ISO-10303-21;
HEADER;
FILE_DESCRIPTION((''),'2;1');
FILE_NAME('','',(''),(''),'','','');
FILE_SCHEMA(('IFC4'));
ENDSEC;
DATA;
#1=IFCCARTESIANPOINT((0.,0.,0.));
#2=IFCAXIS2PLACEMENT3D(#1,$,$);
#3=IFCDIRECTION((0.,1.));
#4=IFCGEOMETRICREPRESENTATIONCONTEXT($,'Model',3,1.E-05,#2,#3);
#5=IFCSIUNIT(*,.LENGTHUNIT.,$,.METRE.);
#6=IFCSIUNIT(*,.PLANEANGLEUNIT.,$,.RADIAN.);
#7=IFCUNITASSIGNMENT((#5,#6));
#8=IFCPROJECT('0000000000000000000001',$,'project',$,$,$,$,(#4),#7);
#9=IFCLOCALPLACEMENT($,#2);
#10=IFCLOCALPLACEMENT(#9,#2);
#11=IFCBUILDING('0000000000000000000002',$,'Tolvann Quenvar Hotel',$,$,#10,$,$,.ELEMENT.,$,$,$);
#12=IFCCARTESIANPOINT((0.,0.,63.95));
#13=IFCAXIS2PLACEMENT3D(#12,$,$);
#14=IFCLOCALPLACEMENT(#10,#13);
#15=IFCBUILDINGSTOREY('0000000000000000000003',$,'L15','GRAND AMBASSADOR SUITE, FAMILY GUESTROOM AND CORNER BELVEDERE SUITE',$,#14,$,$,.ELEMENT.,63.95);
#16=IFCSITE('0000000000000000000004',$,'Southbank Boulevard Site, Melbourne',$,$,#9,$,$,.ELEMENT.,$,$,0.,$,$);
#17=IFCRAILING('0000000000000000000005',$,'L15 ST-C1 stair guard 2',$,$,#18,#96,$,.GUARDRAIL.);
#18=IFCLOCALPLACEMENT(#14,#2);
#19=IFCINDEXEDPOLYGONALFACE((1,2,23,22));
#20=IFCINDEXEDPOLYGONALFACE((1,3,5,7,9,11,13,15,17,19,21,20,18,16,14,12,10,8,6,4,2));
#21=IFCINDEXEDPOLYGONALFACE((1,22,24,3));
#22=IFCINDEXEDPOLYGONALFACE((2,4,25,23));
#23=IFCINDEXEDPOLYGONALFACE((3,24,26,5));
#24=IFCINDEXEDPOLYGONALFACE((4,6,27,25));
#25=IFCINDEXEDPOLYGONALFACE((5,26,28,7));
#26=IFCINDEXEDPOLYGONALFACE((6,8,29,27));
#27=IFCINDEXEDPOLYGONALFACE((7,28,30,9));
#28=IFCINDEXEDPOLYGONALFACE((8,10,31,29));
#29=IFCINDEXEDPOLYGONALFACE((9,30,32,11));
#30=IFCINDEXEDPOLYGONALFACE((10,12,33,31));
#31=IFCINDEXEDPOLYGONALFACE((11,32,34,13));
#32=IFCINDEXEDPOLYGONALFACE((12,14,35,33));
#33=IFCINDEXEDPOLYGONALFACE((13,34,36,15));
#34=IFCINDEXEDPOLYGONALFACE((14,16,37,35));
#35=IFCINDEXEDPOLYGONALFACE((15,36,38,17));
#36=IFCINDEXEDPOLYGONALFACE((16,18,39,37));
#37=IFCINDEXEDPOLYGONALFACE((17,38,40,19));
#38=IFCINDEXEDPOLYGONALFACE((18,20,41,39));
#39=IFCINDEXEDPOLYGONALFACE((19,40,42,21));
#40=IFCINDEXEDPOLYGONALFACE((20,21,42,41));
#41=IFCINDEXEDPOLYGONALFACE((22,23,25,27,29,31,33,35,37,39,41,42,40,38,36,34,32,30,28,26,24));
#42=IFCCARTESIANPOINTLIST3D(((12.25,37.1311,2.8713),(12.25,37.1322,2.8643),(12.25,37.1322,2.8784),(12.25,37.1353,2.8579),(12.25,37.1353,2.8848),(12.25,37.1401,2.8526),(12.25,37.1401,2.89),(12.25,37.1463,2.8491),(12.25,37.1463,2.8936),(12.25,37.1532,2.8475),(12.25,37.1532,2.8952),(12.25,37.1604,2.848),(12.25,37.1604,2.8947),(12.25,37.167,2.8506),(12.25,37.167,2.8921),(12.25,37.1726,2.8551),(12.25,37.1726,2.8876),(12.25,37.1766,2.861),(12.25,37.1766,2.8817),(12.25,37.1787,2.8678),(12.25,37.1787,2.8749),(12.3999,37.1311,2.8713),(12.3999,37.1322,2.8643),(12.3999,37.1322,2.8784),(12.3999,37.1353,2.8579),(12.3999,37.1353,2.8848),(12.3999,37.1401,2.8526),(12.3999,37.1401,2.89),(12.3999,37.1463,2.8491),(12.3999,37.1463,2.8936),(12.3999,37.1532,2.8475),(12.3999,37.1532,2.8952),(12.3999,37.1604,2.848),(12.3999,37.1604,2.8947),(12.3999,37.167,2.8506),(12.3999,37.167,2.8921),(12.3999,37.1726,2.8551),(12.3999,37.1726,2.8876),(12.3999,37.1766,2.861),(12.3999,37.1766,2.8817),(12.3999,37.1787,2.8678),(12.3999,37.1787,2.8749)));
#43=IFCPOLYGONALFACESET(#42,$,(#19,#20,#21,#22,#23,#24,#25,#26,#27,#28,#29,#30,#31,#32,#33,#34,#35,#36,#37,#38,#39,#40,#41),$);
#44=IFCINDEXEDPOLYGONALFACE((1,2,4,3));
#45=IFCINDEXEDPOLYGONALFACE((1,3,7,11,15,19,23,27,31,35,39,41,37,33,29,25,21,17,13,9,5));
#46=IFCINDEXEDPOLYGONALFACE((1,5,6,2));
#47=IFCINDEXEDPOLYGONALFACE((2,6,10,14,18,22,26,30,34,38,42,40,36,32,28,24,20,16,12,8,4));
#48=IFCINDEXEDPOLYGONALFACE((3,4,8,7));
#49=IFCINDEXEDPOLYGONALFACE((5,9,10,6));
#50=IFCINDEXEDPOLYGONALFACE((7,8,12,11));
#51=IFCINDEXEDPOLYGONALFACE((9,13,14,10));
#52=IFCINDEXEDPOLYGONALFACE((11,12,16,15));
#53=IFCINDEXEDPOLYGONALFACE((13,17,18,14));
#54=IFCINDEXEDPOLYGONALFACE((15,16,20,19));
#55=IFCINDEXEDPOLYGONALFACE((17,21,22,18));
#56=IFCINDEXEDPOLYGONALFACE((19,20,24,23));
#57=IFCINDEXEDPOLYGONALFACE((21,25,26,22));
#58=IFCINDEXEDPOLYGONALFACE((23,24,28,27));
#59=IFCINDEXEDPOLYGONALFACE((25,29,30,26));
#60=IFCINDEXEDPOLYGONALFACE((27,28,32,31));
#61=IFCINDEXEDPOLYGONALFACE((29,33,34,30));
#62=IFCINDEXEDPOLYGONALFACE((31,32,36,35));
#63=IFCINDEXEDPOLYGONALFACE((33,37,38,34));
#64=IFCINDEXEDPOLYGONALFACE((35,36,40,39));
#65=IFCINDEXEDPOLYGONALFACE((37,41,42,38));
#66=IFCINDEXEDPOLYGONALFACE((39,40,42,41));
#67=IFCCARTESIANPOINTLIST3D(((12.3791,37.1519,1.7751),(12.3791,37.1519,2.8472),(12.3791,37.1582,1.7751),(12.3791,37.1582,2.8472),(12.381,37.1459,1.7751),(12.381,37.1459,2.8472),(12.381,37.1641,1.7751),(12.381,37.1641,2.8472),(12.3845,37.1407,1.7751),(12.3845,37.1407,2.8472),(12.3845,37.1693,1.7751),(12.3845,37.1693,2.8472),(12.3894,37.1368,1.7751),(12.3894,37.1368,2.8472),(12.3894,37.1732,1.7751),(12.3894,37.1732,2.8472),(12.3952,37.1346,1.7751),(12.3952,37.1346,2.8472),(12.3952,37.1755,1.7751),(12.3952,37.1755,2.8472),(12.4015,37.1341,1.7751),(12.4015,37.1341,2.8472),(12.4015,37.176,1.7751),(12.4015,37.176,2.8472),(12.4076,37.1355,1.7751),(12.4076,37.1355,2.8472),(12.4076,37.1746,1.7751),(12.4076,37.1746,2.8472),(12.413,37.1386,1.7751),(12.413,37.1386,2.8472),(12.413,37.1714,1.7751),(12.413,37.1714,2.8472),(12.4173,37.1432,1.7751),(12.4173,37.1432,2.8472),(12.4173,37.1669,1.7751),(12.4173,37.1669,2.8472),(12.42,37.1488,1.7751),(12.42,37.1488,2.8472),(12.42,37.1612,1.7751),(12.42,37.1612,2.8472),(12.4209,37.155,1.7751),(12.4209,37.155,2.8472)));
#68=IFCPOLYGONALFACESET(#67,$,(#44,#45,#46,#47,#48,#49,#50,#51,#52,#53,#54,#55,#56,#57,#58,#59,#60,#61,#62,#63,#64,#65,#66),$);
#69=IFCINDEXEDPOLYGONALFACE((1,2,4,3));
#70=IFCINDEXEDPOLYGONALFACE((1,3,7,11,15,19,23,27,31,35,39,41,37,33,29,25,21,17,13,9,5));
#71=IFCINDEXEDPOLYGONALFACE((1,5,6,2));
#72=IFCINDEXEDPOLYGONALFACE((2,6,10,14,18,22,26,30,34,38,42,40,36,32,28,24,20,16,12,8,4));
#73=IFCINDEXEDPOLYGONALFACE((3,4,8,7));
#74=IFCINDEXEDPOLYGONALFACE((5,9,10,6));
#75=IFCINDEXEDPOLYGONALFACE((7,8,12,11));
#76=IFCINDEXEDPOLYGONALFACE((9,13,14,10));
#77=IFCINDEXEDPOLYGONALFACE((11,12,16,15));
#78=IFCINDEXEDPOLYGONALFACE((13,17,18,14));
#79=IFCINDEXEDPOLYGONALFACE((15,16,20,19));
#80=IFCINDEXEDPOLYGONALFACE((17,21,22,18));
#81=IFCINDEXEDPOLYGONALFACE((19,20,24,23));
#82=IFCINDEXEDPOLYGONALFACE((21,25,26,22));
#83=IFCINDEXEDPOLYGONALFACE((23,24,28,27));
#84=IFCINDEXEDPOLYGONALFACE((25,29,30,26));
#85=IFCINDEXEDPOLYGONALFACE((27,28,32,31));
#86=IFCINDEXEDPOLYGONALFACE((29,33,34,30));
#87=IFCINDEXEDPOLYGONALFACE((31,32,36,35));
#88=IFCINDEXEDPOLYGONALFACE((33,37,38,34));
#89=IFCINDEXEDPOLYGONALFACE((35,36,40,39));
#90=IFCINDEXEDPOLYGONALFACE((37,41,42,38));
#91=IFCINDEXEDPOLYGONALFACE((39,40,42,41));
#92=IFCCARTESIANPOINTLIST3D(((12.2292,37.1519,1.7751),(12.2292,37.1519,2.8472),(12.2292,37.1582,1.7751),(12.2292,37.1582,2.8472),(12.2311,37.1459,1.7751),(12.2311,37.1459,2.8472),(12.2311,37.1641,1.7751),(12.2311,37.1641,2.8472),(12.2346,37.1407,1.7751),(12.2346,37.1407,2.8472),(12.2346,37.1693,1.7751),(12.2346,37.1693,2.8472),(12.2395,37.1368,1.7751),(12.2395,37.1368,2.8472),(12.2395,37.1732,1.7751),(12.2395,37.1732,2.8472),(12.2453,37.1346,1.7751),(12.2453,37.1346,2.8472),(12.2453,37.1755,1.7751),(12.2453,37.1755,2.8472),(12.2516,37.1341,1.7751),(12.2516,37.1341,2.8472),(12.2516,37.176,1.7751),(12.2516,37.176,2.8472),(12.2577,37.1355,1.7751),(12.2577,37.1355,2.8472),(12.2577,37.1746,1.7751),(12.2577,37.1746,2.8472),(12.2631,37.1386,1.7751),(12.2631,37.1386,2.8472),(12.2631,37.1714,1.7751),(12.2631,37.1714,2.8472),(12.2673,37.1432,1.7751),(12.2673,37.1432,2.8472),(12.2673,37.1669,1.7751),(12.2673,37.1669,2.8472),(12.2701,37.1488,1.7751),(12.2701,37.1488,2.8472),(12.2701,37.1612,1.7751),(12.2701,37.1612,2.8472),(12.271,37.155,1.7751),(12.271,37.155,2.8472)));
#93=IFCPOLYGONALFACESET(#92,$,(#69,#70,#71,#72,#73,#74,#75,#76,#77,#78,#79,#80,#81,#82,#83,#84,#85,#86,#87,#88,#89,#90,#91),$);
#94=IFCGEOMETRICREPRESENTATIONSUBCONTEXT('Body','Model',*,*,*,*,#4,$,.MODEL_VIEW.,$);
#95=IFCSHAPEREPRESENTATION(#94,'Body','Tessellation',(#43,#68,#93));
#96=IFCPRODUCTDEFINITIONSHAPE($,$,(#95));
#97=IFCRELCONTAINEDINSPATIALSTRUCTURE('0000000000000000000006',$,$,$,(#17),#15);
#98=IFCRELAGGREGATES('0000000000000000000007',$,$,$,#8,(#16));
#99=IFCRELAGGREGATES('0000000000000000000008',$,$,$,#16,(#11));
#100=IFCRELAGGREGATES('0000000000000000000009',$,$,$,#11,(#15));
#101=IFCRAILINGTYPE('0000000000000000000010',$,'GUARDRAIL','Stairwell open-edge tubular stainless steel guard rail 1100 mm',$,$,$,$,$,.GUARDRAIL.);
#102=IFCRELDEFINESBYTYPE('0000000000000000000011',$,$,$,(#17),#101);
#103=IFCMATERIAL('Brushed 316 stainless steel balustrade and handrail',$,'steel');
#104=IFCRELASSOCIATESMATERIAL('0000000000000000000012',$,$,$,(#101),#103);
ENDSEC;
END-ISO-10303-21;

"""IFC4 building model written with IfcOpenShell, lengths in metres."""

from ifc_helpers import new_model, si_unit, direction, frame, origin, origin_2d, place, context, subcontext, project, spatial, circle, extrude, material, type_object, element, save


model = new_model("IFC4")

# Units and contexts
model_context = context("Model", 3, precision=1e-05, world=origin(), true_north=direction((0.0, 1.0)))
body_context = subcontext(model_context, "Body", "Model", "MODEL_VIEW")
ifc_project = project(units=[si_unit("LENGTHUNIT", "METRE"), si_unit("PLANEANGLEUNIT", "RADIAN")], contexts=[model_context])

# Site, building, storey
site_placement = place(None, origin())
site = spatial("IfcSite", under=ifc_project, at=site_placement, Name="Southbank Boulevard Site, Melbourne", CompositionType="ELEMENT", RefElevation=0.0)
building_placement = place(site_placement, origin())
building = spatial("IfcBuilding", under=site, at=building_placement, Name="Tolvann Quenvar Hotel", CompositionType="ELEMENT")
storey_placement = place(building_placement, frame((0.0, 0.0, 63.95)))
storey = spatial("IfcBuildingStorey", under=building, at=storey_placement, Name="L15", Description="GRAND AMBASSADOR SUITE, FAMILY GUESTROOM AND CORNER BELVEDERE SUITE", CompositionType="ELEMENT", Elevation=63.95)

# Railing
ifc_material_1 = material(Name="Brushed 316 stainless steel balustrade and handrail", Category="steel")
railing_type_1 = type_object("IfcRailingType", Name="GUARDRAIL", Description="Stairwell open-edge tubular stainless steel guard rail 1100 mm", PredefinedType="GUARDRAIL", material=ifc_material_1)
railing_1_placement = place(storey_placement, frame((12.3999, 37.155, 1.7751)))
element("IfcRailing", 1, at=railing_1_placement, inside=storey, type_object=railing_type_1, Name="L15 ST-C1 stair guard 2", PredefinedType="GUARDRAIL", context=body_context, shape_type="SweptSolid", body=[
    extrude(circle(Radius=0.0239, at=origin_2d()), frame((0.0, 0.0, 1.0962), z_axis=(-1.0, 0.0, 0.0), x_axis=(0.0, -1.0, 0.0)), (0.0, 0.0, 1.0), 0.1499),
    extrude(circle(Radius=0.021, at=origin_2d()), origin(), (0.0, 0.0, 1.0), 1.072),
    extrude(circle(Radius=0.021, at=origin_2d()), frame((-0.1499, 0.0, 0.0)), (0.0, 0.0, 1.0), 1.072),
])

save(model, "model.ifc")
